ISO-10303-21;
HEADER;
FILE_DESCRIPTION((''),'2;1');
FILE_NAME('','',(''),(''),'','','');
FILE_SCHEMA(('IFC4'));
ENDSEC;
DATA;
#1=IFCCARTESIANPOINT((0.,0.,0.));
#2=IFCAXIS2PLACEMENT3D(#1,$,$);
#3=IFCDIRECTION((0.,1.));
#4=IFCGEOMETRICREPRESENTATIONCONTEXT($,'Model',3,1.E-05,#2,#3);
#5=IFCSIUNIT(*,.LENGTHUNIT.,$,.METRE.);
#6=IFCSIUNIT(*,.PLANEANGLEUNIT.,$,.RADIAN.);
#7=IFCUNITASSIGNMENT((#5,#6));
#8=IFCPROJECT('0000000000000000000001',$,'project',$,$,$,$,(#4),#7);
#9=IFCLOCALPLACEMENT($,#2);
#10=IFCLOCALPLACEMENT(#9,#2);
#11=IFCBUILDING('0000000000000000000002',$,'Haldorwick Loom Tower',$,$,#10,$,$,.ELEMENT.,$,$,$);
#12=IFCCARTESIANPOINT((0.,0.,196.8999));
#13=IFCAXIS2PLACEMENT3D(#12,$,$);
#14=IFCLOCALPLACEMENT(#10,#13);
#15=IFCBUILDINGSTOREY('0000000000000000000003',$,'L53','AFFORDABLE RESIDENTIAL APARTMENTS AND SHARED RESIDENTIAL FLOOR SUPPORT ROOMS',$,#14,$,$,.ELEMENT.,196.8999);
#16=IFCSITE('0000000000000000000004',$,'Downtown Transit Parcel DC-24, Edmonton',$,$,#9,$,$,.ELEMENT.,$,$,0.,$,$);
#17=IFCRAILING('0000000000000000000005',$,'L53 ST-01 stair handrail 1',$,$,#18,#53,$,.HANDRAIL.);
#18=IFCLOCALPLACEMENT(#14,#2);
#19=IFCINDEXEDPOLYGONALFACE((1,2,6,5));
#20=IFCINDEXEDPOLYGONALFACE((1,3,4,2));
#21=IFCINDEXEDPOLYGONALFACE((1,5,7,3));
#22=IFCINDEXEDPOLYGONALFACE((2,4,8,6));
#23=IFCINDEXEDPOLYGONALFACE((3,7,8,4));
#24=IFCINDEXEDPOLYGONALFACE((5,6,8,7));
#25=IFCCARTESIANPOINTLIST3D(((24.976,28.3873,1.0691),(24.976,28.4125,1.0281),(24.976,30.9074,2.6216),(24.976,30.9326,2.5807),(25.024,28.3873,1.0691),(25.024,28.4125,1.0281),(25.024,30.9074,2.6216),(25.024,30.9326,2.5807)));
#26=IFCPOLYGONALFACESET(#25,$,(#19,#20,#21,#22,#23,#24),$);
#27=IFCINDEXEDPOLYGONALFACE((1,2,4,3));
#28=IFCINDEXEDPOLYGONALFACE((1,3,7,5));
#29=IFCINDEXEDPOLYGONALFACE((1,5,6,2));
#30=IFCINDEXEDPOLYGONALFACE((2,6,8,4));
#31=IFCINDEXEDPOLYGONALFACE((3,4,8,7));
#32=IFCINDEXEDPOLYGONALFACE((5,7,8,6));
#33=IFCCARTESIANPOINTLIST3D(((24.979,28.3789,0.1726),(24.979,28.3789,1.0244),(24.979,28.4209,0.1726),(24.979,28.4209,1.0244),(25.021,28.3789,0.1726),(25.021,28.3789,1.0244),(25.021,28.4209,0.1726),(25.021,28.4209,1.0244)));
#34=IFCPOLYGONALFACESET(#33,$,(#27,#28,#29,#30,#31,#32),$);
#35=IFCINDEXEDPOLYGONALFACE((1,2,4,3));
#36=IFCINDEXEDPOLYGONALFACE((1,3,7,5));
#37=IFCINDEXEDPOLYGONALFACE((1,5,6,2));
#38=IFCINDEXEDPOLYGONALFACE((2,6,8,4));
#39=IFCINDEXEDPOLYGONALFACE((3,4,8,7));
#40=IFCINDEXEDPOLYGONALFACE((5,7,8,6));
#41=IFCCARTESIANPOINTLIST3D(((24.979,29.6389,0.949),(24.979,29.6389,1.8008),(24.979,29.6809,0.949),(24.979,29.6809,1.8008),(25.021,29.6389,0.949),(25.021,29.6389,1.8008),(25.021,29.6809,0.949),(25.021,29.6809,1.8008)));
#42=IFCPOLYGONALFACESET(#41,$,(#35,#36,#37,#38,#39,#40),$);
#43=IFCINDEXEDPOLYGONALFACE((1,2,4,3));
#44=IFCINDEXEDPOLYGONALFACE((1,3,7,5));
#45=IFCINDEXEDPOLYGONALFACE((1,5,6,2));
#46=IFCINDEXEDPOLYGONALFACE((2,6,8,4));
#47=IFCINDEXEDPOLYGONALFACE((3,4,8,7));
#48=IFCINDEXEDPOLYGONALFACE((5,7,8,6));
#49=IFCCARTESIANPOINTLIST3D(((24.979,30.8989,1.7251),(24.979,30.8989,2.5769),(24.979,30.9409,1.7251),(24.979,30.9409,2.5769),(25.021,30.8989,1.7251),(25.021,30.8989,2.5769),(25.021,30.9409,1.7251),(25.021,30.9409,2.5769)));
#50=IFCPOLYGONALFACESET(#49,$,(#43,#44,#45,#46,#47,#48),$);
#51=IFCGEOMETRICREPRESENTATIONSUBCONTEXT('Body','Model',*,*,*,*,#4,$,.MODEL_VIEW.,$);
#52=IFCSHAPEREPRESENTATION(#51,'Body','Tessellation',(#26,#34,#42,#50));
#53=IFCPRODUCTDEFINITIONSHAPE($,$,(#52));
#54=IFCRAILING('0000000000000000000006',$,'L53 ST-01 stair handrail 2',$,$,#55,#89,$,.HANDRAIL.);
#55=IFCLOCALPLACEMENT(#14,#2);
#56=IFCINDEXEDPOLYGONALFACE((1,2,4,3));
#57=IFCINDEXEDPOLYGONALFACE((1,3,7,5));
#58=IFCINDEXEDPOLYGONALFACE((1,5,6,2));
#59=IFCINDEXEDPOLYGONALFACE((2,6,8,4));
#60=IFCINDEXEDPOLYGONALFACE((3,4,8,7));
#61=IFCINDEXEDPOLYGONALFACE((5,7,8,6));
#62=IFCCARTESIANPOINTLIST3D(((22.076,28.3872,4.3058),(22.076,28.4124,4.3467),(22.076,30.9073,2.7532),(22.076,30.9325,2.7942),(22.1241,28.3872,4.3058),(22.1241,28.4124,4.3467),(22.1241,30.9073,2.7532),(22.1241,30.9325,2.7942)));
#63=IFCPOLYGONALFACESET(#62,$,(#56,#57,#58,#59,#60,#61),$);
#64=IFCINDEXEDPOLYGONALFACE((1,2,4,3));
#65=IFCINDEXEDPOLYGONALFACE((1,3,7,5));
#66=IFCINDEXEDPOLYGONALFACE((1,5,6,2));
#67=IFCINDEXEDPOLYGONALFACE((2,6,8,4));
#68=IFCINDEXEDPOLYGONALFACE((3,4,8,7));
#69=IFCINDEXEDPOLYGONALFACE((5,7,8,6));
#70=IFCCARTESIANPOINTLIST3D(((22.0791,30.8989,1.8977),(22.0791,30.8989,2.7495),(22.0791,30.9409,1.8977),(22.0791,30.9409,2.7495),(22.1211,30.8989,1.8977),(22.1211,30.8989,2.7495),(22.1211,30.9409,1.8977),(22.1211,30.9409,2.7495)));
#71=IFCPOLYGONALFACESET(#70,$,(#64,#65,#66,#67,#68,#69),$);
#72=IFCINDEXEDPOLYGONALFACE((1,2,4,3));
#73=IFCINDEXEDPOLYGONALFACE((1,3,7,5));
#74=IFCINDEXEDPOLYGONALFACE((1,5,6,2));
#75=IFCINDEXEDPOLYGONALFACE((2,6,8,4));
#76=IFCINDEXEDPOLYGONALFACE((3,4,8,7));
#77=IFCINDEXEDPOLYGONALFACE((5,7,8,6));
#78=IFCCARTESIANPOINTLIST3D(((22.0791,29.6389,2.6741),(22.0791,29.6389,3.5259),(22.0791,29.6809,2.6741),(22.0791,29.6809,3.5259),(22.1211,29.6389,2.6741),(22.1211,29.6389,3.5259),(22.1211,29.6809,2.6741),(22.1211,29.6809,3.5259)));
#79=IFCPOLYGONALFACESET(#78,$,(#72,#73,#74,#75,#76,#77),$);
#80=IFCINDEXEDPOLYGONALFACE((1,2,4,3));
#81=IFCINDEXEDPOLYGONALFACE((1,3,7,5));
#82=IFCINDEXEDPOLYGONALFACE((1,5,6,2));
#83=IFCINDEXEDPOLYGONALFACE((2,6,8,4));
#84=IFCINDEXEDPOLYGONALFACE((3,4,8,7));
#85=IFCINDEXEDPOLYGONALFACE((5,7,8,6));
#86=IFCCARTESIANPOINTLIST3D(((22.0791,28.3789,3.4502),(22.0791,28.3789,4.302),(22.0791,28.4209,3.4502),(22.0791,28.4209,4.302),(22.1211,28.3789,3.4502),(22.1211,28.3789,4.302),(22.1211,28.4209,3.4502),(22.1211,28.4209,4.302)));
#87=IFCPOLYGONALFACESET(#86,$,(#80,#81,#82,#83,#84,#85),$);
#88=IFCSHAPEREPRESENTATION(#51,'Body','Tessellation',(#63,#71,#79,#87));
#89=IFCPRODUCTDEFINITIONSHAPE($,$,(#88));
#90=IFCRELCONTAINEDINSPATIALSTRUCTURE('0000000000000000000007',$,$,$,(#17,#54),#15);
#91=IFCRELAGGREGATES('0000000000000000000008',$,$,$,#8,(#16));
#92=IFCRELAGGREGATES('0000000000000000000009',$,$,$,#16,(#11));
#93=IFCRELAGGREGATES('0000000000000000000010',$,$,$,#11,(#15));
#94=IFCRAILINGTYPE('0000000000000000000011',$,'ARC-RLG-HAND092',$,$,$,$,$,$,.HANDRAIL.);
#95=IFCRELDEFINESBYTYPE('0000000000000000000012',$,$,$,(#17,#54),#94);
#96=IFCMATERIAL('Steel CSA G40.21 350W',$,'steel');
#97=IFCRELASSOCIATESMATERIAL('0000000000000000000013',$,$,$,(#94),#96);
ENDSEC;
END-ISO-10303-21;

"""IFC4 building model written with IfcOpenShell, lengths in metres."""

from ifc_helpers import new_model, si_unit, direction, frame, origin, origin_2d, place, context, subcontext, project, spatial, rectangle, extrude, material, type_object, element, save


model = new_model("IFC4")

# Units and contexts
model_context = context("Model", 3, precision=1e-05, world=origin(), true_north=direction((0.0, 1.0)))
body_context = subcontext(model_context, "Body", "Model", "MODEL_VIEW")
ifc_project = project(units=[si_unit("LENGTHUNIT", "METRE"), si_unit("PLANEANGLEUNIT", "RADIAN")], contexts=[model_context])

# Site, building, storey
site_placement = place(None, origin())
site = spatial("IfcSite", under=ifc_project, at=site_placement, Name="Downtown Transit Parcel DC-24, Edmonton", CompositionType="ELEMENT", RefElevation=0.0)
building_placement = place(site_placement, origin())
building = spatial("IfcBuilding", under=site, at=building_placement, Name="Haldorwick Loom Tower", CompositionType="ELEMENT")
storey_placement = place(building_placement, frame((0.0, 0.0, 196.8999)))
storey = spatial("IfcBuildingStorey", under=building, at=storey_placement, Name="L53", Description="AFFORDABLE RESIDENTIAL APARTMENTS AND SHARED RESIDENTIAL FLOOR SUPPORT ROOMS", CompositionType="ELEMENT", Elevation=196.8999)

# Shared definitions
ifc_material_1 = material(Name="Steel CSA G40.21 350W", Category="steel")

# Railings
railing_type_1 = type_object("IfcRailingType", Name="ARC-RLG-HAND092", PredefinedType="HANDRAIL", material=ifc_material_1)
railing_1_placement = place(storey_placement, frame((25.0, 28.3999, 0.1726)))
element("IfcRailing", 1, at=railing_1_placement, inside=storey, type_object=railing_type_1, Name="L53 ST-01 stair handrail 1", PredefinedType="HANDRAIL", context=body_context, shape_type="SweptSolid", body=[
    extrude(rectangle(XDim=0.0481, YDim=0.0481, at=origin_2d()), frame((0.0, 0.0, 0.876), z_axis=(0.0, 0.8514, 0.524516), x_axis=(-1.0, 0.0, 0.0)), (0.0, 0.0, 1.0), 2.96),
    extrude(rectangle(XDim=0.042, YDim=0.042, at=origin_2d()), origin(), (0.0, 0.0, 1.0), 0.8518),
    extrude(rectangle(XDim=0.042, YDim=0.042, at=origin_2d()), frame((0.0, 1.26, 0.7764)), (0.0, 0.0, 1.0), 0.8518),
    extrude(rectangle(XDim=0.042, YDim=0.042, at=origin_2d()), frame((0.0, 2.52, 1.5525)), (0.0, 0.0, 1.0), 0.8518),
])
railing_2_placement = place(storey_placement, frame((22.1001, 30.9199, 1.8977)))
element("IfcRailing", 2, at=railing_2_placement, inside=storey, type_object=railing_type_1, Name="L53 ST-01 stair handrail 2", PredefinedType="HANDRAIL", context=body_context, shape_type="SweptSolid", body=[
    extrude(rectangle(XDim=0.0481, YDim=0.0481, at=origin_2d()), frame((0.0, 0.0, 0.876), z_axis=(0.0, -0.8514, 0.524516), x_axis=(1.0, 0.0, 0.0)), (0.0, 0.0, 1.0), 2.96),
    extrude(rectangle(XDim=0.042, YDim=0.042, at=origin_2d()), origin(), (0.0, 0.0, 1.0), 0.8518),
    extrude(rectangle(XDim=0.042, YDim=0.042, at=origin_2d()), frame((0.0, -1.26, 0.7764)), (0.0, 0.0, 1.0), 0.8518),
    extrude(rectangle(XDim=0.042, YDim=0.042, at=origin_2d()), frame((0.0, -2.52, 1.5525)), (0.0, 0.0, 1.0), 0.8518),
])

save(model, "model.ifc")
